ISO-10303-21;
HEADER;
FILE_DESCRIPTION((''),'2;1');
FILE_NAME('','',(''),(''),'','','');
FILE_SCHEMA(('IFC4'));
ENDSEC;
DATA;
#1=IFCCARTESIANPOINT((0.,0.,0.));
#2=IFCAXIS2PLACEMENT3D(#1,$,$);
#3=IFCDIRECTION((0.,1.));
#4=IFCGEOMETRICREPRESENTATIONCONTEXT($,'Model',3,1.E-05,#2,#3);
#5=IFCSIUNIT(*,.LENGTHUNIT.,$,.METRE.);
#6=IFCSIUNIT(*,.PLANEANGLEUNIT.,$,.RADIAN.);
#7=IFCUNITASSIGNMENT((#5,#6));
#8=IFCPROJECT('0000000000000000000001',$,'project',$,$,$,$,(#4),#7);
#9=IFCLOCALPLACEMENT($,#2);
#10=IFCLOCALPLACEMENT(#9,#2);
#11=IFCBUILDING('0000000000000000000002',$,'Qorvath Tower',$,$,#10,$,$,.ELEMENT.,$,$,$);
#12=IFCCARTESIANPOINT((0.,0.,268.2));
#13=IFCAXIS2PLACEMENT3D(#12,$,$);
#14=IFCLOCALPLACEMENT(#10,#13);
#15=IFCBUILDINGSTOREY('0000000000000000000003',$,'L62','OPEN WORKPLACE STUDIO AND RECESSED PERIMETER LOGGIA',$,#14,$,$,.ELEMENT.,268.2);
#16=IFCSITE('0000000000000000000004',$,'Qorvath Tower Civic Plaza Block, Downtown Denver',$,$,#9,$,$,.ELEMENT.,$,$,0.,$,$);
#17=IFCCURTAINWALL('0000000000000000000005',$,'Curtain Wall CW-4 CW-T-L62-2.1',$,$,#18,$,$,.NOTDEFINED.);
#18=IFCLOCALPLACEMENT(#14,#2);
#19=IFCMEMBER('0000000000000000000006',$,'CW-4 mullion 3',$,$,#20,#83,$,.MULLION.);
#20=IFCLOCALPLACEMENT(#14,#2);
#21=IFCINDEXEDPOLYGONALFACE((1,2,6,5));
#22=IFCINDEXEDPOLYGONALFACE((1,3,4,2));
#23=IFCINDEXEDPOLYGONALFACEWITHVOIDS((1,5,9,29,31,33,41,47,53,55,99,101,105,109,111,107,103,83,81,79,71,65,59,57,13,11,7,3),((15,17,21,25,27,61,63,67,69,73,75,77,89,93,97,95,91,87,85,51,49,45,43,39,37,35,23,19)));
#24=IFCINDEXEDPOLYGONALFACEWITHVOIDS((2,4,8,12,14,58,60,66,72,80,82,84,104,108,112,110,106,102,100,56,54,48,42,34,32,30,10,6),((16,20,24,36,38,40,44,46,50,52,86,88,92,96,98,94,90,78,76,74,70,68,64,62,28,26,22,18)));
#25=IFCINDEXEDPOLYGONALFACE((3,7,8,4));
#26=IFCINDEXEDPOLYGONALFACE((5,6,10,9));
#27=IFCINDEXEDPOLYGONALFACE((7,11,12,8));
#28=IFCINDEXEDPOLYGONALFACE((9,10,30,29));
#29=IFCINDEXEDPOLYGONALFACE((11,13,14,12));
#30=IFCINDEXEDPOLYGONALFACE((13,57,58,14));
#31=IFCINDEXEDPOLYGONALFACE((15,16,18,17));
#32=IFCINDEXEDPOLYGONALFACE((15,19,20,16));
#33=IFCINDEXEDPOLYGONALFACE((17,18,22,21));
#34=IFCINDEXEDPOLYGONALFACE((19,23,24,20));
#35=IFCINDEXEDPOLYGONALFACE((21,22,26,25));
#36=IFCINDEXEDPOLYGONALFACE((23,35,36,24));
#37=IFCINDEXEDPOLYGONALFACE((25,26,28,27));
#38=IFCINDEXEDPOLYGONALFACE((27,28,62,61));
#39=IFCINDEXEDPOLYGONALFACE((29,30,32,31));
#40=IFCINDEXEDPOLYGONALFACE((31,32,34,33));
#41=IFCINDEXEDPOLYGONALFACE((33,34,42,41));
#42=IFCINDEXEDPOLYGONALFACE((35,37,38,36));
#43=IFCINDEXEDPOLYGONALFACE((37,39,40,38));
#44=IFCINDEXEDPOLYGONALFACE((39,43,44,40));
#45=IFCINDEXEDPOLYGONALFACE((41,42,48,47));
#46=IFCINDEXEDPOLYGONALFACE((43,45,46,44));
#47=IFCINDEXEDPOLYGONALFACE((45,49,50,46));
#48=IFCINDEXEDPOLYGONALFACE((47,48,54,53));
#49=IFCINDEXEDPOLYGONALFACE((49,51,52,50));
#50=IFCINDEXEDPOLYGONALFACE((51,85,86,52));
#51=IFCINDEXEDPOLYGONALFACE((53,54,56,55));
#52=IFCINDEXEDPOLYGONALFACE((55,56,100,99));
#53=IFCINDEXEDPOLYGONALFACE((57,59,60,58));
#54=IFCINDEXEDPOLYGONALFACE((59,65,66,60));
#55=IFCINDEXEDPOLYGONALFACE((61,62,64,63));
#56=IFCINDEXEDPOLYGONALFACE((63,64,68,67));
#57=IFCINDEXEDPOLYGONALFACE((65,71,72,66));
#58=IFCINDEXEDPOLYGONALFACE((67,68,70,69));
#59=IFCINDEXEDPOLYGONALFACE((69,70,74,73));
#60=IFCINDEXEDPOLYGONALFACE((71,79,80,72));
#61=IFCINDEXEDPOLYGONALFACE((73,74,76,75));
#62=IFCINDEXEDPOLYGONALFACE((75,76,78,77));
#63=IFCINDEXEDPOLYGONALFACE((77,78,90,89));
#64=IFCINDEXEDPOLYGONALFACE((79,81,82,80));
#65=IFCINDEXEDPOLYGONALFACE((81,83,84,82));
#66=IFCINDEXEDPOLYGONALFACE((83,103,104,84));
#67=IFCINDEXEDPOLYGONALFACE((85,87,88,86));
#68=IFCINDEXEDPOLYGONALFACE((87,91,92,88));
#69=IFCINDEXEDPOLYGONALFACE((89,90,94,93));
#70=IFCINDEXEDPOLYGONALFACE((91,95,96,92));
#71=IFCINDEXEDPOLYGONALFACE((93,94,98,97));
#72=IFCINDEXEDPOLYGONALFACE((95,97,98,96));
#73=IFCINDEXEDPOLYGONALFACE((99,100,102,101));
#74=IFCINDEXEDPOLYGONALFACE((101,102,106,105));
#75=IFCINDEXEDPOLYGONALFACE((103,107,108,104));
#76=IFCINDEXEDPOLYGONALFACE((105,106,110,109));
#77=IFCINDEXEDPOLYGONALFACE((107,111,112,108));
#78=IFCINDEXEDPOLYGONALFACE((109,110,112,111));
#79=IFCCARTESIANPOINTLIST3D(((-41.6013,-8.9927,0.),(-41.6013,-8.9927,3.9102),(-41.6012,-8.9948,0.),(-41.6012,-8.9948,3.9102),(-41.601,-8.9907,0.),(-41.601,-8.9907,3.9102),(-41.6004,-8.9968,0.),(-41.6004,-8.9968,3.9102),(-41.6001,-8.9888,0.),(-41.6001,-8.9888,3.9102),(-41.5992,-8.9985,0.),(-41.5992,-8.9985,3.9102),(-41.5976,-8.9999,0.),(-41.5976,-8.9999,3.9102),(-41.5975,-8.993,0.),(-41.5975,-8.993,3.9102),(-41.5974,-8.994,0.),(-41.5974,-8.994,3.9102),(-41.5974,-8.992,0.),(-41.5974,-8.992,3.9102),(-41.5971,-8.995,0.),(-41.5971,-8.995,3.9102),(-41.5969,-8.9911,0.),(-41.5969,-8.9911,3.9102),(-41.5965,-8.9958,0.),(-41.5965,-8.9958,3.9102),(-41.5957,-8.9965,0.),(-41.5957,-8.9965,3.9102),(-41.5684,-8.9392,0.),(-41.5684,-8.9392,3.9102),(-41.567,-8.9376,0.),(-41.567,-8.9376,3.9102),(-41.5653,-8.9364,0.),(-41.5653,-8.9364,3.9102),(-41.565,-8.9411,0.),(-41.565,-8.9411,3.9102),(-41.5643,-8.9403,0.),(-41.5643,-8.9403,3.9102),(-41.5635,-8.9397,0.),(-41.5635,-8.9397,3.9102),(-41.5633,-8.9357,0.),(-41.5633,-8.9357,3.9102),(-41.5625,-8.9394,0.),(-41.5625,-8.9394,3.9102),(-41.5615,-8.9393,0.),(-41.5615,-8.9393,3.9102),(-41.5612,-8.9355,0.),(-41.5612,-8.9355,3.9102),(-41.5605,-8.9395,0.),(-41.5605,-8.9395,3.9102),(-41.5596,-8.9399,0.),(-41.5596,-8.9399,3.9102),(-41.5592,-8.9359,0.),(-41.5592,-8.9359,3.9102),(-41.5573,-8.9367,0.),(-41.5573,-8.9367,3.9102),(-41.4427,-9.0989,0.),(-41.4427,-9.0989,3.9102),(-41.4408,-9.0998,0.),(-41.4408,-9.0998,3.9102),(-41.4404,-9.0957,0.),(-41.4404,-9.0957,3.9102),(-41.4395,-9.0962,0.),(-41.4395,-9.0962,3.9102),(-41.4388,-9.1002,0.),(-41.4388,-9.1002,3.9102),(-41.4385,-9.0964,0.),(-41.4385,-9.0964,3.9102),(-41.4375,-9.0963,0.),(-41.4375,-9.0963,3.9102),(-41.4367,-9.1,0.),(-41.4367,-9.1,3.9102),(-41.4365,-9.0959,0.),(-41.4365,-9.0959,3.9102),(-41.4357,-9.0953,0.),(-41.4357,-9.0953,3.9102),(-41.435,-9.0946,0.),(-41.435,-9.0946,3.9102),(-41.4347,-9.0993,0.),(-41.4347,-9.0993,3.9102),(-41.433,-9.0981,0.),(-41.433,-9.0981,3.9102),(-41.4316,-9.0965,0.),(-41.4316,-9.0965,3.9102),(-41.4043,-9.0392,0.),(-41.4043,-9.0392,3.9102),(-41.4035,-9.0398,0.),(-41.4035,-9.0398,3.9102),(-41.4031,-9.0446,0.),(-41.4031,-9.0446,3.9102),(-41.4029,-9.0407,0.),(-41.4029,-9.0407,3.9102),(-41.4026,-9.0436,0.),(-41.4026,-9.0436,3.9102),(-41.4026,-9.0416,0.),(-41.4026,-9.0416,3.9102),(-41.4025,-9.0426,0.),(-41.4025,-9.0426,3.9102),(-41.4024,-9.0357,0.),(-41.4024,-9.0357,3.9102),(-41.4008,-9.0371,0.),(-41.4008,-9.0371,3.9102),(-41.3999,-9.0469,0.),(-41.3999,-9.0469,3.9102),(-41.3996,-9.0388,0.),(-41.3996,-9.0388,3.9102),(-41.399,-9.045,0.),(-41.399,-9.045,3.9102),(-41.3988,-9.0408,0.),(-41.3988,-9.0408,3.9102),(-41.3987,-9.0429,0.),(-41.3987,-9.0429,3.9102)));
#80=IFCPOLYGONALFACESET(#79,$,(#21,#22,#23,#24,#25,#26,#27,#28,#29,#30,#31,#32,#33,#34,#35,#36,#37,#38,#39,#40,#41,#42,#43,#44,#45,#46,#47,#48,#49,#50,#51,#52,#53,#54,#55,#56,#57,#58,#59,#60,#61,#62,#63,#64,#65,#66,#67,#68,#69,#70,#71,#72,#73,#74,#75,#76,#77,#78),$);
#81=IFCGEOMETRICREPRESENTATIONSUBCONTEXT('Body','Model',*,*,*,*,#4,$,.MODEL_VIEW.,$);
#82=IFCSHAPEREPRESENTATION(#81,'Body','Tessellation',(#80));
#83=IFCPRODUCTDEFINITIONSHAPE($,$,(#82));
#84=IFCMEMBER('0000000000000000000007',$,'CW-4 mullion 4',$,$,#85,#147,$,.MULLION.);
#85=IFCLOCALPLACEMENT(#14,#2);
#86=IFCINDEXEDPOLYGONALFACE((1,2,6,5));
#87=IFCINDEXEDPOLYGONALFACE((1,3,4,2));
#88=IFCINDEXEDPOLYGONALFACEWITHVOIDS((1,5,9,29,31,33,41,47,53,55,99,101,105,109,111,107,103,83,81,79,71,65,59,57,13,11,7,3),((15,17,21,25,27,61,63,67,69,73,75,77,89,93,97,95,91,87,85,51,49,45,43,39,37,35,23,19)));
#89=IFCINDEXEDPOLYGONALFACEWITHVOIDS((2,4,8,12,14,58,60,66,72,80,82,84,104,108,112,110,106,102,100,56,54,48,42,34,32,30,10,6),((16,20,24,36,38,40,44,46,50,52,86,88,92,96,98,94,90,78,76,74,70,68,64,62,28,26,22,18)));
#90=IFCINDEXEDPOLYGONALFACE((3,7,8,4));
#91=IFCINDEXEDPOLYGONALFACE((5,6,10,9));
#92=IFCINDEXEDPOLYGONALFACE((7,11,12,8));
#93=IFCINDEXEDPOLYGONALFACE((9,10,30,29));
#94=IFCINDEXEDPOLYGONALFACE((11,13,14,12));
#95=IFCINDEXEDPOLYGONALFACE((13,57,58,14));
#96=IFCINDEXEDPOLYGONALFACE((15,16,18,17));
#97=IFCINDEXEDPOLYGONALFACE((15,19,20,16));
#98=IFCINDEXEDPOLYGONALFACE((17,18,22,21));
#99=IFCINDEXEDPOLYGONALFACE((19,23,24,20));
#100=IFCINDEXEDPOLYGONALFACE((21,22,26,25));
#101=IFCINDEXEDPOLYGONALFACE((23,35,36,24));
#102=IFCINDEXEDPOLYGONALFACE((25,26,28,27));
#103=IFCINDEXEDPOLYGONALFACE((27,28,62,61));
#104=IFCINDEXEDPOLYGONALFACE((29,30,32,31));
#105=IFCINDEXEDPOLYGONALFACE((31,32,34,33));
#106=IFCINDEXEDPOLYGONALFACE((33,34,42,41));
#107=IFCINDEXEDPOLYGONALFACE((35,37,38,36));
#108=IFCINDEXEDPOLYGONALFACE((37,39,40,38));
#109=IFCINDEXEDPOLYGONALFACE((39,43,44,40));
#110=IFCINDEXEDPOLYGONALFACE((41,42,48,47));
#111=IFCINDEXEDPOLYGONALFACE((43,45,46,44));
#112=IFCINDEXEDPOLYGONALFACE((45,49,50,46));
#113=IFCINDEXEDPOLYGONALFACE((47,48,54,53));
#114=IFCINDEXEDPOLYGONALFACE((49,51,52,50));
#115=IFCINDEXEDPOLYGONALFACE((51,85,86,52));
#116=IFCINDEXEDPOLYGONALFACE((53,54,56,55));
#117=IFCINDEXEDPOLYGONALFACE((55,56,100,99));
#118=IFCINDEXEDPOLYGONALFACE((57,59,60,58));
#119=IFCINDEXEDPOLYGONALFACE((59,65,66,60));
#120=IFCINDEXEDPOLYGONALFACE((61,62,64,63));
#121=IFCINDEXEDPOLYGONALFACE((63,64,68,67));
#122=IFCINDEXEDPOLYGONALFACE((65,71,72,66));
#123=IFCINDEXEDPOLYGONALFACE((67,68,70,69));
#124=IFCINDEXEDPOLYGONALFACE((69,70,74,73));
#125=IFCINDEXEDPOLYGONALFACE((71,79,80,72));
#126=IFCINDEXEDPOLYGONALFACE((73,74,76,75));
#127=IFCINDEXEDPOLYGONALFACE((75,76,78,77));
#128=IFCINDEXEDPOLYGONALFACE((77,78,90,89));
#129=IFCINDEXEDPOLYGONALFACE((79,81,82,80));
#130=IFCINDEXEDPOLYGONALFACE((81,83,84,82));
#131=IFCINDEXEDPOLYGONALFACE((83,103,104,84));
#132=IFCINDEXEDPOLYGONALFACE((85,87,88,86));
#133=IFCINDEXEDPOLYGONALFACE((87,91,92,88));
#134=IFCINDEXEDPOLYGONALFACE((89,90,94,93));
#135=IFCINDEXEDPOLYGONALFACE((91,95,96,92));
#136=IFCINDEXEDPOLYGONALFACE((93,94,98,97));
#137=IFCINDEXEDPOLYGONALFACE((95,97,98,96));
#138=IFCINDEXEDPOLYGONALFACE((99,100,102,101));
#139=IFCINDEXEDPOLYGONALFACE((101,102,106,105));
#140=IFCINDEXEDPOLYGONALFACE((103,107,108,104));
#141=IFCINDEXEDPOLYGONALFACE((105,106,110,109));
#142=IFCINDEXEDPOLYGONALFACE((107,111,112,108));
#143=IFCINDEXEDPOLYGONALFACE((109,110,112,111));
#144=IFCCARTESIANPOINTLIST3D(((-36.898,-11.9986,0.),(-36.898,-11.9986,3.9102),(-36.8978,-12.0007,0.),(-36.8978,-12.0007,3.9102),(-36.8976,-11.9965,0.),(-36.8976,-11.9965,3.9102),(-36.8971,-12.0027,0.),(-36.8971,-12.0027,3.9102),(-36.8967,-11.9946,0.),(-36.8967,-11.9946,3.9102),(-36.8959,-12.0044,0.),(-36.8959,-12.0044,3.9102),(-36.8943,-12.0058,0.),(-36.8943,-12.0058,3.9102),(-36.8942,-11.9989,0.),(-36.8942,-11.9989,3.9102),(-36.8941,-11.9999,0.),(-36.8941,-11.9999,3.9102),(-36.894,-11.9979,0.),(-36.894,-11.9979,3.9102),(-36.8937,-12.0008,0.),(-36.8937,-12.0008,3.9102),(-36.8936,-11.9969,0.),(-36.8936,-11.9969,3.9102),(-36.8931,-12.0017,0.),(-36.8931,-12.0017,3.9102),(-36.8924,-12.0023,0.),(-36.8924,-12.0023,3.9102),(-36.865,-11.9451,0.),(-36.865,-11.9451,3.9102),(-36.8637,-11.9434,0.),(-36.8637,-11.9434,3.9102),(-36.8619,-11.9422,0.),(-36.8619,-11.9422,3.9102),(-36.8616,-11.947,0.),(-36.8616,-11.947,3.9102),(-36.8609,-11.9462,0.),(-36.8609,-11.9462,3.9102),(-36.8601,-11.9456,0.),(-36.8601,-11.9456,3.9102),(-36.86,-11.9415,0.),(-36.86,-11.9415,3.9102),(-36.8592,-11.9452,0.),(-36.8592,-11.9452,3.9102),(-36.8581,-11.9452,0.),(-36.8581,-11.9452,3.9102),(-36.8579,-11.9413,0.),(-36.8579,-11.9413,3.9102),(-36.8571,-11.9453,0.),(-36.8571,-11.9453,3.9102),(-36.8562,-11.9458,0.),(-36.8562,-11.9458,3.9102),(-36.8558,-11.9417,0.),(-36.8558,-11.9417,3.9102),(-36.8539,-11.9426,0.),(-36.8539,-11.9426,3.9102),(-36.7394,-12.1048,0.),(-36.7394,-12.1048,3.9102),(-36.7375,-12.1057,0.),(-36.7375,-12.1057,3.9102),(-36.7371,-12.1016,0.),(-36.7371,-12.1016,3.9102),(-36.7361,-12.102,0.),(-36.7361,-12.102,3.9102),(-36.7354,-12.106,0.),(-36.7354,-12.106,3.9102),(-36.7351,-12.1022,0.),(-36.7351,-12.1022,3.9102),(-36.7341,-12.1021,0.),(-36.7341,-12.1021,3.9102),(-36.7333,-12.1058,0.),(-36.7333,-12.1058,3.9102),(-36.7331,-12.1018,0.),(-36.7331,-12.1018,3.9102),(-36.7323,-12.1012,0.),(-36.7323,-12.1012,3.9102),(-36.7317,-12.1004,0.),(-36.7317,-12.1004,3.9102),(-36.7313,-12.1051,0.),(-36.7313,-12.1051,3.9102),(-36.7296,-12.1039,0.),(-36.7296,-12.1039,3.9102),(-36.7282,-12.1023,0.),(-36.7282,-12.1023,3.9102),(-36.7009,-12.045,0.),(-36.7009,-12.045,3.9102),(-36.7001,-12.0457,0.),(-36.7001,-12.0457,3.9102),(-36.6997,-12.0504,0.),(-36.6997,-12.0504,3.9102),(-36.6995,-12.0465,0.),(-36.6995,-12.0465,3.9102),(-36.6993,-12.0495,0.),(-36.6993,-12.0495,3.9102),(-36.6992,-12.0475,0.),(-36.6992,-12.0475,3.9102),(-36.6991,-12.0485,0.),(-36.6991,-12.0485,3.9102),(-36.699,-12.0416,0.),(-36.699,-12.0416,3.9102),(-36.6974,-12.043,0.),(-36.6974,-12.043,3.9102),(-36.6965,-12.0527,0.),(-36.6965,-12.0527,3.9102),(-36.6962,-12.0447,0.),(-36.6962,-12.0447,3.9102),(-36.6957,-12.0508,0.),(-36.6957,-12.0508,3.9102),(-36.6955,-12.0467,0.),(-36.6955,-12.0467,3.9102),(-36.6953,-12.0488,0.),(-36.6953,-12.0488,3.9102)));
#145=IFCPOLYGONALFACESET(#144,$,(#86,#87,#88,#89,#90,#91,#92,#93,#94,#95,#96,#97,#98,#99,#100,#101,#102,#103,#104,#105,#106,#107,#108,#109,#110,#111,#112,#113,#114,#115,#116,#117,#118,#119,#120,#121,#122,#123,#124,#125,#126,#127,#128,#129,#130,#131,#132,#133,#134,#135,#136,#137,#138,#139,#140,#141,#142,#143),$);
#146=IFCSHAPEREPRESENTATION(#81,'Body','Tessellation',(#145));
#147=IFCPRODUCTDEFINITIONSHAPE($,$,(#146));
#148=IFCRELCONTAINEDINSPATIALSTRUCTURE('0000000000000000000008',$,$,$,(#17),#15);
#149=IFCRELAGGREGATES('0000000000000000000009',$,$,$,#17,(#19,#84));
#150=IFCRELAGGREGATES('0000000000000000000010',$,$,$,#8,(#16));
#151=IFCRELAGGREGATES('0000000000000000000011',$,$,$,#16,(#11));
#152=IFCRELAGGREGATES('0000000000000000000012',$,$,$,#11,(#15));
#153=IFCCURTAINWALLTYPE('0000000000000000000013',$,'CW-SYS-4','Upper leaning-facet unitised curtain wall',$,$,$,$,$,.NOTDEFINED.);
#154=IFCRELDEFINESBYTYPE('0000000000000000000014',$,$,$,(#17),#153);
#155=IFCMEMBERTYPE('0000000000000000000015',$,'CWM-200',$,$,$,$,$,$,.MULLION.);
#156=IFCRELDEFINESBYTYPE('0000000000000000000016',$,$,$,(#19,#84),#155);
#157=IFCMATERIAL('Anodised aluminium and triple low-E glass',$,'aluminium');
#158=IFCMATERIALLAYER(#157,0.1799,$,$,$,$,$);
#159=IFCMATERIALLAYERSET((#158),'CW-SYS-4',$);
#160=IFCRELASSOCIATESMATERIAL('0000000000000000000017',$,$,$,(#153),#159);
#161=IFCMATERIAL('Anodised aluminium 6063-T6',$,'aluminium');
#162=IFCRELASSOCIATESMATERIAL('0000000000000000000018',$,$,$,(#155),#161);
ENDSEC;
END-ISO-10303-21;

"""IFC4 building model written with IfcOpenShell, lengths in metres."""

from ifc_helpers import new_model, si_unit, direction, frame, origin, origin_2d, place, context, subcontext, project, spatial, hollow_rectangle, extrude, material, layer, layer_set, material_profile, profile_set, type_object, element, aggregate, save


model = new_model("IFC4")

# Units and contexts
model_context = context("Model", 3, precision=1e-05, world=origin(), true_north=direction((0.0, 1.0)))
body_context = subcontext(model_context, "Body", "Model", "MODEL_VIEW")
ifc_project = project(units=[si_unit("LENGTHUNIT", "METRE"), si_unit("PLANEANGLEUNIT", "RADIAN")], contexts=[model_context])

# Site, building, storey
site_placement = place(None, origin())
site = spatial("IfcSite", under=ifc_project, at=site_placement, Name="Qorvath Tower Civic Plaza Block, Downtown Denver", CompositionType="ELEMENT", RefElevation=0.0)
building_placement = place(site_placement, origin())
building = spatial("IfcBuilding", under=site, at=building_placement, Name="Qorvath Tower", CompositionType="ELEMENT")
storey_placement = place(building_placement, frame((0.0, 0.0, 268.2)))
storey = spatial("IfcBuildingStorey", under=building, at=storey_placement, Name="L62", Description="OPEN WORKPLACE STUDIO AND RECESSED PERIMETER LOGGIA", CompositionType="ELEMENT", Elevation=268.2)

# Curtain wall, members
ifc_material_1 = material(Name="Anodised aluminium and triple low-E glass", Category="aluminium")
ifc_layer_1 = layer(ifc_material_1, 0.1799)
ifc_layer_set_1 = layer_set([ifc_layer_1], Name="CW-SYS-4")
curtain_wall_type = type_object("IfcCurtainWallType", Name="CW-SYS-4", Description="Upper leaning-facet unitised curtain wall", PredefinedType="NOTDEFINED", material=ifc_layer_set_1)
curtain_wall_placement = place(storey_placement, origin())
curtain_wall = element("IfcCurtainWall", 1, at=curtain_wall_placement, inside=storey, type_object=curtain_wall_type, Name="Curtain Wall CW-4 CW-T-L62-2.1", PredefinedType="NOTDEFINED")
ifc_material_2 = material(Name="Anodised aluminium 6063-T6", Category="aluminium")
ifc_material_profile_1 = material_profile(ifc_material_2, hollow_rectangle(XDim=0.075, YDim=0.2, WallThickness=0.0039, InnerFilletRadius=0.0039, OuterFilletRadius=0.0081, at=origin_2d()), Name="CWM 200x75")
ifc_profile_set_1 = profile_set([ifc_material_profile_1], Name="Anodised aluminium 6063-T6")
member_type_1 = type_object("IfcMemberType", Name="CWM-200", PredefinedType="MULLION", material=ifc_profile_set_1)
member_1_placement = place(storey_placement, frame((-41.5, -9.0178, 0.0), z_axis=(0.0, 0.0, 1.0), x_axis=(0.538534, 0.842604, 0.0)))
member_1 = element("IfcMember", 2, at=member_1_placement, type_object=member_type_1, Name="CW-4 mullion 3", PredefinedType="MULLION", context=body_context, shape_type="SweptSolid", body=[
    extrude(hollow_rectangle(XDim=0.075, YDim=0.2, WallThickness=0.0039, InnerFilletRadius=0.0039, OuterFilletRadius=0.0081, at=origin_2d()), origin(), (0.0, 0.0, 1.0), 3.9102),
])
member_2_placement = place(storey_placement, frame((-36.7966, -12.0237, 0.0), z_axis=(0.0, 0.0, 1.0), x_axis=(0.538534, 0.842604, 0.0)))
member_2 = element("IfcMember", 3, at=member_2_placement, type_object=member_type_1, Name="CW-4 mullion 4", PredefinedType="MULLION", context=body_context, shape_type="SweptSolid", body=[
    extrude(hollow_rectangle(XDim=0.075, YDim=0.2, WallThickness=0.0039, InnerFilletRadius=0.0039, OuterFilletRadius=0.0081, at=origin_2d()), origin(), (0.0, 0.0, 1.0), 3.9102),
])
aggregate(curtain_wall, [member_1, member_2])

save(model, "model.ifc")
